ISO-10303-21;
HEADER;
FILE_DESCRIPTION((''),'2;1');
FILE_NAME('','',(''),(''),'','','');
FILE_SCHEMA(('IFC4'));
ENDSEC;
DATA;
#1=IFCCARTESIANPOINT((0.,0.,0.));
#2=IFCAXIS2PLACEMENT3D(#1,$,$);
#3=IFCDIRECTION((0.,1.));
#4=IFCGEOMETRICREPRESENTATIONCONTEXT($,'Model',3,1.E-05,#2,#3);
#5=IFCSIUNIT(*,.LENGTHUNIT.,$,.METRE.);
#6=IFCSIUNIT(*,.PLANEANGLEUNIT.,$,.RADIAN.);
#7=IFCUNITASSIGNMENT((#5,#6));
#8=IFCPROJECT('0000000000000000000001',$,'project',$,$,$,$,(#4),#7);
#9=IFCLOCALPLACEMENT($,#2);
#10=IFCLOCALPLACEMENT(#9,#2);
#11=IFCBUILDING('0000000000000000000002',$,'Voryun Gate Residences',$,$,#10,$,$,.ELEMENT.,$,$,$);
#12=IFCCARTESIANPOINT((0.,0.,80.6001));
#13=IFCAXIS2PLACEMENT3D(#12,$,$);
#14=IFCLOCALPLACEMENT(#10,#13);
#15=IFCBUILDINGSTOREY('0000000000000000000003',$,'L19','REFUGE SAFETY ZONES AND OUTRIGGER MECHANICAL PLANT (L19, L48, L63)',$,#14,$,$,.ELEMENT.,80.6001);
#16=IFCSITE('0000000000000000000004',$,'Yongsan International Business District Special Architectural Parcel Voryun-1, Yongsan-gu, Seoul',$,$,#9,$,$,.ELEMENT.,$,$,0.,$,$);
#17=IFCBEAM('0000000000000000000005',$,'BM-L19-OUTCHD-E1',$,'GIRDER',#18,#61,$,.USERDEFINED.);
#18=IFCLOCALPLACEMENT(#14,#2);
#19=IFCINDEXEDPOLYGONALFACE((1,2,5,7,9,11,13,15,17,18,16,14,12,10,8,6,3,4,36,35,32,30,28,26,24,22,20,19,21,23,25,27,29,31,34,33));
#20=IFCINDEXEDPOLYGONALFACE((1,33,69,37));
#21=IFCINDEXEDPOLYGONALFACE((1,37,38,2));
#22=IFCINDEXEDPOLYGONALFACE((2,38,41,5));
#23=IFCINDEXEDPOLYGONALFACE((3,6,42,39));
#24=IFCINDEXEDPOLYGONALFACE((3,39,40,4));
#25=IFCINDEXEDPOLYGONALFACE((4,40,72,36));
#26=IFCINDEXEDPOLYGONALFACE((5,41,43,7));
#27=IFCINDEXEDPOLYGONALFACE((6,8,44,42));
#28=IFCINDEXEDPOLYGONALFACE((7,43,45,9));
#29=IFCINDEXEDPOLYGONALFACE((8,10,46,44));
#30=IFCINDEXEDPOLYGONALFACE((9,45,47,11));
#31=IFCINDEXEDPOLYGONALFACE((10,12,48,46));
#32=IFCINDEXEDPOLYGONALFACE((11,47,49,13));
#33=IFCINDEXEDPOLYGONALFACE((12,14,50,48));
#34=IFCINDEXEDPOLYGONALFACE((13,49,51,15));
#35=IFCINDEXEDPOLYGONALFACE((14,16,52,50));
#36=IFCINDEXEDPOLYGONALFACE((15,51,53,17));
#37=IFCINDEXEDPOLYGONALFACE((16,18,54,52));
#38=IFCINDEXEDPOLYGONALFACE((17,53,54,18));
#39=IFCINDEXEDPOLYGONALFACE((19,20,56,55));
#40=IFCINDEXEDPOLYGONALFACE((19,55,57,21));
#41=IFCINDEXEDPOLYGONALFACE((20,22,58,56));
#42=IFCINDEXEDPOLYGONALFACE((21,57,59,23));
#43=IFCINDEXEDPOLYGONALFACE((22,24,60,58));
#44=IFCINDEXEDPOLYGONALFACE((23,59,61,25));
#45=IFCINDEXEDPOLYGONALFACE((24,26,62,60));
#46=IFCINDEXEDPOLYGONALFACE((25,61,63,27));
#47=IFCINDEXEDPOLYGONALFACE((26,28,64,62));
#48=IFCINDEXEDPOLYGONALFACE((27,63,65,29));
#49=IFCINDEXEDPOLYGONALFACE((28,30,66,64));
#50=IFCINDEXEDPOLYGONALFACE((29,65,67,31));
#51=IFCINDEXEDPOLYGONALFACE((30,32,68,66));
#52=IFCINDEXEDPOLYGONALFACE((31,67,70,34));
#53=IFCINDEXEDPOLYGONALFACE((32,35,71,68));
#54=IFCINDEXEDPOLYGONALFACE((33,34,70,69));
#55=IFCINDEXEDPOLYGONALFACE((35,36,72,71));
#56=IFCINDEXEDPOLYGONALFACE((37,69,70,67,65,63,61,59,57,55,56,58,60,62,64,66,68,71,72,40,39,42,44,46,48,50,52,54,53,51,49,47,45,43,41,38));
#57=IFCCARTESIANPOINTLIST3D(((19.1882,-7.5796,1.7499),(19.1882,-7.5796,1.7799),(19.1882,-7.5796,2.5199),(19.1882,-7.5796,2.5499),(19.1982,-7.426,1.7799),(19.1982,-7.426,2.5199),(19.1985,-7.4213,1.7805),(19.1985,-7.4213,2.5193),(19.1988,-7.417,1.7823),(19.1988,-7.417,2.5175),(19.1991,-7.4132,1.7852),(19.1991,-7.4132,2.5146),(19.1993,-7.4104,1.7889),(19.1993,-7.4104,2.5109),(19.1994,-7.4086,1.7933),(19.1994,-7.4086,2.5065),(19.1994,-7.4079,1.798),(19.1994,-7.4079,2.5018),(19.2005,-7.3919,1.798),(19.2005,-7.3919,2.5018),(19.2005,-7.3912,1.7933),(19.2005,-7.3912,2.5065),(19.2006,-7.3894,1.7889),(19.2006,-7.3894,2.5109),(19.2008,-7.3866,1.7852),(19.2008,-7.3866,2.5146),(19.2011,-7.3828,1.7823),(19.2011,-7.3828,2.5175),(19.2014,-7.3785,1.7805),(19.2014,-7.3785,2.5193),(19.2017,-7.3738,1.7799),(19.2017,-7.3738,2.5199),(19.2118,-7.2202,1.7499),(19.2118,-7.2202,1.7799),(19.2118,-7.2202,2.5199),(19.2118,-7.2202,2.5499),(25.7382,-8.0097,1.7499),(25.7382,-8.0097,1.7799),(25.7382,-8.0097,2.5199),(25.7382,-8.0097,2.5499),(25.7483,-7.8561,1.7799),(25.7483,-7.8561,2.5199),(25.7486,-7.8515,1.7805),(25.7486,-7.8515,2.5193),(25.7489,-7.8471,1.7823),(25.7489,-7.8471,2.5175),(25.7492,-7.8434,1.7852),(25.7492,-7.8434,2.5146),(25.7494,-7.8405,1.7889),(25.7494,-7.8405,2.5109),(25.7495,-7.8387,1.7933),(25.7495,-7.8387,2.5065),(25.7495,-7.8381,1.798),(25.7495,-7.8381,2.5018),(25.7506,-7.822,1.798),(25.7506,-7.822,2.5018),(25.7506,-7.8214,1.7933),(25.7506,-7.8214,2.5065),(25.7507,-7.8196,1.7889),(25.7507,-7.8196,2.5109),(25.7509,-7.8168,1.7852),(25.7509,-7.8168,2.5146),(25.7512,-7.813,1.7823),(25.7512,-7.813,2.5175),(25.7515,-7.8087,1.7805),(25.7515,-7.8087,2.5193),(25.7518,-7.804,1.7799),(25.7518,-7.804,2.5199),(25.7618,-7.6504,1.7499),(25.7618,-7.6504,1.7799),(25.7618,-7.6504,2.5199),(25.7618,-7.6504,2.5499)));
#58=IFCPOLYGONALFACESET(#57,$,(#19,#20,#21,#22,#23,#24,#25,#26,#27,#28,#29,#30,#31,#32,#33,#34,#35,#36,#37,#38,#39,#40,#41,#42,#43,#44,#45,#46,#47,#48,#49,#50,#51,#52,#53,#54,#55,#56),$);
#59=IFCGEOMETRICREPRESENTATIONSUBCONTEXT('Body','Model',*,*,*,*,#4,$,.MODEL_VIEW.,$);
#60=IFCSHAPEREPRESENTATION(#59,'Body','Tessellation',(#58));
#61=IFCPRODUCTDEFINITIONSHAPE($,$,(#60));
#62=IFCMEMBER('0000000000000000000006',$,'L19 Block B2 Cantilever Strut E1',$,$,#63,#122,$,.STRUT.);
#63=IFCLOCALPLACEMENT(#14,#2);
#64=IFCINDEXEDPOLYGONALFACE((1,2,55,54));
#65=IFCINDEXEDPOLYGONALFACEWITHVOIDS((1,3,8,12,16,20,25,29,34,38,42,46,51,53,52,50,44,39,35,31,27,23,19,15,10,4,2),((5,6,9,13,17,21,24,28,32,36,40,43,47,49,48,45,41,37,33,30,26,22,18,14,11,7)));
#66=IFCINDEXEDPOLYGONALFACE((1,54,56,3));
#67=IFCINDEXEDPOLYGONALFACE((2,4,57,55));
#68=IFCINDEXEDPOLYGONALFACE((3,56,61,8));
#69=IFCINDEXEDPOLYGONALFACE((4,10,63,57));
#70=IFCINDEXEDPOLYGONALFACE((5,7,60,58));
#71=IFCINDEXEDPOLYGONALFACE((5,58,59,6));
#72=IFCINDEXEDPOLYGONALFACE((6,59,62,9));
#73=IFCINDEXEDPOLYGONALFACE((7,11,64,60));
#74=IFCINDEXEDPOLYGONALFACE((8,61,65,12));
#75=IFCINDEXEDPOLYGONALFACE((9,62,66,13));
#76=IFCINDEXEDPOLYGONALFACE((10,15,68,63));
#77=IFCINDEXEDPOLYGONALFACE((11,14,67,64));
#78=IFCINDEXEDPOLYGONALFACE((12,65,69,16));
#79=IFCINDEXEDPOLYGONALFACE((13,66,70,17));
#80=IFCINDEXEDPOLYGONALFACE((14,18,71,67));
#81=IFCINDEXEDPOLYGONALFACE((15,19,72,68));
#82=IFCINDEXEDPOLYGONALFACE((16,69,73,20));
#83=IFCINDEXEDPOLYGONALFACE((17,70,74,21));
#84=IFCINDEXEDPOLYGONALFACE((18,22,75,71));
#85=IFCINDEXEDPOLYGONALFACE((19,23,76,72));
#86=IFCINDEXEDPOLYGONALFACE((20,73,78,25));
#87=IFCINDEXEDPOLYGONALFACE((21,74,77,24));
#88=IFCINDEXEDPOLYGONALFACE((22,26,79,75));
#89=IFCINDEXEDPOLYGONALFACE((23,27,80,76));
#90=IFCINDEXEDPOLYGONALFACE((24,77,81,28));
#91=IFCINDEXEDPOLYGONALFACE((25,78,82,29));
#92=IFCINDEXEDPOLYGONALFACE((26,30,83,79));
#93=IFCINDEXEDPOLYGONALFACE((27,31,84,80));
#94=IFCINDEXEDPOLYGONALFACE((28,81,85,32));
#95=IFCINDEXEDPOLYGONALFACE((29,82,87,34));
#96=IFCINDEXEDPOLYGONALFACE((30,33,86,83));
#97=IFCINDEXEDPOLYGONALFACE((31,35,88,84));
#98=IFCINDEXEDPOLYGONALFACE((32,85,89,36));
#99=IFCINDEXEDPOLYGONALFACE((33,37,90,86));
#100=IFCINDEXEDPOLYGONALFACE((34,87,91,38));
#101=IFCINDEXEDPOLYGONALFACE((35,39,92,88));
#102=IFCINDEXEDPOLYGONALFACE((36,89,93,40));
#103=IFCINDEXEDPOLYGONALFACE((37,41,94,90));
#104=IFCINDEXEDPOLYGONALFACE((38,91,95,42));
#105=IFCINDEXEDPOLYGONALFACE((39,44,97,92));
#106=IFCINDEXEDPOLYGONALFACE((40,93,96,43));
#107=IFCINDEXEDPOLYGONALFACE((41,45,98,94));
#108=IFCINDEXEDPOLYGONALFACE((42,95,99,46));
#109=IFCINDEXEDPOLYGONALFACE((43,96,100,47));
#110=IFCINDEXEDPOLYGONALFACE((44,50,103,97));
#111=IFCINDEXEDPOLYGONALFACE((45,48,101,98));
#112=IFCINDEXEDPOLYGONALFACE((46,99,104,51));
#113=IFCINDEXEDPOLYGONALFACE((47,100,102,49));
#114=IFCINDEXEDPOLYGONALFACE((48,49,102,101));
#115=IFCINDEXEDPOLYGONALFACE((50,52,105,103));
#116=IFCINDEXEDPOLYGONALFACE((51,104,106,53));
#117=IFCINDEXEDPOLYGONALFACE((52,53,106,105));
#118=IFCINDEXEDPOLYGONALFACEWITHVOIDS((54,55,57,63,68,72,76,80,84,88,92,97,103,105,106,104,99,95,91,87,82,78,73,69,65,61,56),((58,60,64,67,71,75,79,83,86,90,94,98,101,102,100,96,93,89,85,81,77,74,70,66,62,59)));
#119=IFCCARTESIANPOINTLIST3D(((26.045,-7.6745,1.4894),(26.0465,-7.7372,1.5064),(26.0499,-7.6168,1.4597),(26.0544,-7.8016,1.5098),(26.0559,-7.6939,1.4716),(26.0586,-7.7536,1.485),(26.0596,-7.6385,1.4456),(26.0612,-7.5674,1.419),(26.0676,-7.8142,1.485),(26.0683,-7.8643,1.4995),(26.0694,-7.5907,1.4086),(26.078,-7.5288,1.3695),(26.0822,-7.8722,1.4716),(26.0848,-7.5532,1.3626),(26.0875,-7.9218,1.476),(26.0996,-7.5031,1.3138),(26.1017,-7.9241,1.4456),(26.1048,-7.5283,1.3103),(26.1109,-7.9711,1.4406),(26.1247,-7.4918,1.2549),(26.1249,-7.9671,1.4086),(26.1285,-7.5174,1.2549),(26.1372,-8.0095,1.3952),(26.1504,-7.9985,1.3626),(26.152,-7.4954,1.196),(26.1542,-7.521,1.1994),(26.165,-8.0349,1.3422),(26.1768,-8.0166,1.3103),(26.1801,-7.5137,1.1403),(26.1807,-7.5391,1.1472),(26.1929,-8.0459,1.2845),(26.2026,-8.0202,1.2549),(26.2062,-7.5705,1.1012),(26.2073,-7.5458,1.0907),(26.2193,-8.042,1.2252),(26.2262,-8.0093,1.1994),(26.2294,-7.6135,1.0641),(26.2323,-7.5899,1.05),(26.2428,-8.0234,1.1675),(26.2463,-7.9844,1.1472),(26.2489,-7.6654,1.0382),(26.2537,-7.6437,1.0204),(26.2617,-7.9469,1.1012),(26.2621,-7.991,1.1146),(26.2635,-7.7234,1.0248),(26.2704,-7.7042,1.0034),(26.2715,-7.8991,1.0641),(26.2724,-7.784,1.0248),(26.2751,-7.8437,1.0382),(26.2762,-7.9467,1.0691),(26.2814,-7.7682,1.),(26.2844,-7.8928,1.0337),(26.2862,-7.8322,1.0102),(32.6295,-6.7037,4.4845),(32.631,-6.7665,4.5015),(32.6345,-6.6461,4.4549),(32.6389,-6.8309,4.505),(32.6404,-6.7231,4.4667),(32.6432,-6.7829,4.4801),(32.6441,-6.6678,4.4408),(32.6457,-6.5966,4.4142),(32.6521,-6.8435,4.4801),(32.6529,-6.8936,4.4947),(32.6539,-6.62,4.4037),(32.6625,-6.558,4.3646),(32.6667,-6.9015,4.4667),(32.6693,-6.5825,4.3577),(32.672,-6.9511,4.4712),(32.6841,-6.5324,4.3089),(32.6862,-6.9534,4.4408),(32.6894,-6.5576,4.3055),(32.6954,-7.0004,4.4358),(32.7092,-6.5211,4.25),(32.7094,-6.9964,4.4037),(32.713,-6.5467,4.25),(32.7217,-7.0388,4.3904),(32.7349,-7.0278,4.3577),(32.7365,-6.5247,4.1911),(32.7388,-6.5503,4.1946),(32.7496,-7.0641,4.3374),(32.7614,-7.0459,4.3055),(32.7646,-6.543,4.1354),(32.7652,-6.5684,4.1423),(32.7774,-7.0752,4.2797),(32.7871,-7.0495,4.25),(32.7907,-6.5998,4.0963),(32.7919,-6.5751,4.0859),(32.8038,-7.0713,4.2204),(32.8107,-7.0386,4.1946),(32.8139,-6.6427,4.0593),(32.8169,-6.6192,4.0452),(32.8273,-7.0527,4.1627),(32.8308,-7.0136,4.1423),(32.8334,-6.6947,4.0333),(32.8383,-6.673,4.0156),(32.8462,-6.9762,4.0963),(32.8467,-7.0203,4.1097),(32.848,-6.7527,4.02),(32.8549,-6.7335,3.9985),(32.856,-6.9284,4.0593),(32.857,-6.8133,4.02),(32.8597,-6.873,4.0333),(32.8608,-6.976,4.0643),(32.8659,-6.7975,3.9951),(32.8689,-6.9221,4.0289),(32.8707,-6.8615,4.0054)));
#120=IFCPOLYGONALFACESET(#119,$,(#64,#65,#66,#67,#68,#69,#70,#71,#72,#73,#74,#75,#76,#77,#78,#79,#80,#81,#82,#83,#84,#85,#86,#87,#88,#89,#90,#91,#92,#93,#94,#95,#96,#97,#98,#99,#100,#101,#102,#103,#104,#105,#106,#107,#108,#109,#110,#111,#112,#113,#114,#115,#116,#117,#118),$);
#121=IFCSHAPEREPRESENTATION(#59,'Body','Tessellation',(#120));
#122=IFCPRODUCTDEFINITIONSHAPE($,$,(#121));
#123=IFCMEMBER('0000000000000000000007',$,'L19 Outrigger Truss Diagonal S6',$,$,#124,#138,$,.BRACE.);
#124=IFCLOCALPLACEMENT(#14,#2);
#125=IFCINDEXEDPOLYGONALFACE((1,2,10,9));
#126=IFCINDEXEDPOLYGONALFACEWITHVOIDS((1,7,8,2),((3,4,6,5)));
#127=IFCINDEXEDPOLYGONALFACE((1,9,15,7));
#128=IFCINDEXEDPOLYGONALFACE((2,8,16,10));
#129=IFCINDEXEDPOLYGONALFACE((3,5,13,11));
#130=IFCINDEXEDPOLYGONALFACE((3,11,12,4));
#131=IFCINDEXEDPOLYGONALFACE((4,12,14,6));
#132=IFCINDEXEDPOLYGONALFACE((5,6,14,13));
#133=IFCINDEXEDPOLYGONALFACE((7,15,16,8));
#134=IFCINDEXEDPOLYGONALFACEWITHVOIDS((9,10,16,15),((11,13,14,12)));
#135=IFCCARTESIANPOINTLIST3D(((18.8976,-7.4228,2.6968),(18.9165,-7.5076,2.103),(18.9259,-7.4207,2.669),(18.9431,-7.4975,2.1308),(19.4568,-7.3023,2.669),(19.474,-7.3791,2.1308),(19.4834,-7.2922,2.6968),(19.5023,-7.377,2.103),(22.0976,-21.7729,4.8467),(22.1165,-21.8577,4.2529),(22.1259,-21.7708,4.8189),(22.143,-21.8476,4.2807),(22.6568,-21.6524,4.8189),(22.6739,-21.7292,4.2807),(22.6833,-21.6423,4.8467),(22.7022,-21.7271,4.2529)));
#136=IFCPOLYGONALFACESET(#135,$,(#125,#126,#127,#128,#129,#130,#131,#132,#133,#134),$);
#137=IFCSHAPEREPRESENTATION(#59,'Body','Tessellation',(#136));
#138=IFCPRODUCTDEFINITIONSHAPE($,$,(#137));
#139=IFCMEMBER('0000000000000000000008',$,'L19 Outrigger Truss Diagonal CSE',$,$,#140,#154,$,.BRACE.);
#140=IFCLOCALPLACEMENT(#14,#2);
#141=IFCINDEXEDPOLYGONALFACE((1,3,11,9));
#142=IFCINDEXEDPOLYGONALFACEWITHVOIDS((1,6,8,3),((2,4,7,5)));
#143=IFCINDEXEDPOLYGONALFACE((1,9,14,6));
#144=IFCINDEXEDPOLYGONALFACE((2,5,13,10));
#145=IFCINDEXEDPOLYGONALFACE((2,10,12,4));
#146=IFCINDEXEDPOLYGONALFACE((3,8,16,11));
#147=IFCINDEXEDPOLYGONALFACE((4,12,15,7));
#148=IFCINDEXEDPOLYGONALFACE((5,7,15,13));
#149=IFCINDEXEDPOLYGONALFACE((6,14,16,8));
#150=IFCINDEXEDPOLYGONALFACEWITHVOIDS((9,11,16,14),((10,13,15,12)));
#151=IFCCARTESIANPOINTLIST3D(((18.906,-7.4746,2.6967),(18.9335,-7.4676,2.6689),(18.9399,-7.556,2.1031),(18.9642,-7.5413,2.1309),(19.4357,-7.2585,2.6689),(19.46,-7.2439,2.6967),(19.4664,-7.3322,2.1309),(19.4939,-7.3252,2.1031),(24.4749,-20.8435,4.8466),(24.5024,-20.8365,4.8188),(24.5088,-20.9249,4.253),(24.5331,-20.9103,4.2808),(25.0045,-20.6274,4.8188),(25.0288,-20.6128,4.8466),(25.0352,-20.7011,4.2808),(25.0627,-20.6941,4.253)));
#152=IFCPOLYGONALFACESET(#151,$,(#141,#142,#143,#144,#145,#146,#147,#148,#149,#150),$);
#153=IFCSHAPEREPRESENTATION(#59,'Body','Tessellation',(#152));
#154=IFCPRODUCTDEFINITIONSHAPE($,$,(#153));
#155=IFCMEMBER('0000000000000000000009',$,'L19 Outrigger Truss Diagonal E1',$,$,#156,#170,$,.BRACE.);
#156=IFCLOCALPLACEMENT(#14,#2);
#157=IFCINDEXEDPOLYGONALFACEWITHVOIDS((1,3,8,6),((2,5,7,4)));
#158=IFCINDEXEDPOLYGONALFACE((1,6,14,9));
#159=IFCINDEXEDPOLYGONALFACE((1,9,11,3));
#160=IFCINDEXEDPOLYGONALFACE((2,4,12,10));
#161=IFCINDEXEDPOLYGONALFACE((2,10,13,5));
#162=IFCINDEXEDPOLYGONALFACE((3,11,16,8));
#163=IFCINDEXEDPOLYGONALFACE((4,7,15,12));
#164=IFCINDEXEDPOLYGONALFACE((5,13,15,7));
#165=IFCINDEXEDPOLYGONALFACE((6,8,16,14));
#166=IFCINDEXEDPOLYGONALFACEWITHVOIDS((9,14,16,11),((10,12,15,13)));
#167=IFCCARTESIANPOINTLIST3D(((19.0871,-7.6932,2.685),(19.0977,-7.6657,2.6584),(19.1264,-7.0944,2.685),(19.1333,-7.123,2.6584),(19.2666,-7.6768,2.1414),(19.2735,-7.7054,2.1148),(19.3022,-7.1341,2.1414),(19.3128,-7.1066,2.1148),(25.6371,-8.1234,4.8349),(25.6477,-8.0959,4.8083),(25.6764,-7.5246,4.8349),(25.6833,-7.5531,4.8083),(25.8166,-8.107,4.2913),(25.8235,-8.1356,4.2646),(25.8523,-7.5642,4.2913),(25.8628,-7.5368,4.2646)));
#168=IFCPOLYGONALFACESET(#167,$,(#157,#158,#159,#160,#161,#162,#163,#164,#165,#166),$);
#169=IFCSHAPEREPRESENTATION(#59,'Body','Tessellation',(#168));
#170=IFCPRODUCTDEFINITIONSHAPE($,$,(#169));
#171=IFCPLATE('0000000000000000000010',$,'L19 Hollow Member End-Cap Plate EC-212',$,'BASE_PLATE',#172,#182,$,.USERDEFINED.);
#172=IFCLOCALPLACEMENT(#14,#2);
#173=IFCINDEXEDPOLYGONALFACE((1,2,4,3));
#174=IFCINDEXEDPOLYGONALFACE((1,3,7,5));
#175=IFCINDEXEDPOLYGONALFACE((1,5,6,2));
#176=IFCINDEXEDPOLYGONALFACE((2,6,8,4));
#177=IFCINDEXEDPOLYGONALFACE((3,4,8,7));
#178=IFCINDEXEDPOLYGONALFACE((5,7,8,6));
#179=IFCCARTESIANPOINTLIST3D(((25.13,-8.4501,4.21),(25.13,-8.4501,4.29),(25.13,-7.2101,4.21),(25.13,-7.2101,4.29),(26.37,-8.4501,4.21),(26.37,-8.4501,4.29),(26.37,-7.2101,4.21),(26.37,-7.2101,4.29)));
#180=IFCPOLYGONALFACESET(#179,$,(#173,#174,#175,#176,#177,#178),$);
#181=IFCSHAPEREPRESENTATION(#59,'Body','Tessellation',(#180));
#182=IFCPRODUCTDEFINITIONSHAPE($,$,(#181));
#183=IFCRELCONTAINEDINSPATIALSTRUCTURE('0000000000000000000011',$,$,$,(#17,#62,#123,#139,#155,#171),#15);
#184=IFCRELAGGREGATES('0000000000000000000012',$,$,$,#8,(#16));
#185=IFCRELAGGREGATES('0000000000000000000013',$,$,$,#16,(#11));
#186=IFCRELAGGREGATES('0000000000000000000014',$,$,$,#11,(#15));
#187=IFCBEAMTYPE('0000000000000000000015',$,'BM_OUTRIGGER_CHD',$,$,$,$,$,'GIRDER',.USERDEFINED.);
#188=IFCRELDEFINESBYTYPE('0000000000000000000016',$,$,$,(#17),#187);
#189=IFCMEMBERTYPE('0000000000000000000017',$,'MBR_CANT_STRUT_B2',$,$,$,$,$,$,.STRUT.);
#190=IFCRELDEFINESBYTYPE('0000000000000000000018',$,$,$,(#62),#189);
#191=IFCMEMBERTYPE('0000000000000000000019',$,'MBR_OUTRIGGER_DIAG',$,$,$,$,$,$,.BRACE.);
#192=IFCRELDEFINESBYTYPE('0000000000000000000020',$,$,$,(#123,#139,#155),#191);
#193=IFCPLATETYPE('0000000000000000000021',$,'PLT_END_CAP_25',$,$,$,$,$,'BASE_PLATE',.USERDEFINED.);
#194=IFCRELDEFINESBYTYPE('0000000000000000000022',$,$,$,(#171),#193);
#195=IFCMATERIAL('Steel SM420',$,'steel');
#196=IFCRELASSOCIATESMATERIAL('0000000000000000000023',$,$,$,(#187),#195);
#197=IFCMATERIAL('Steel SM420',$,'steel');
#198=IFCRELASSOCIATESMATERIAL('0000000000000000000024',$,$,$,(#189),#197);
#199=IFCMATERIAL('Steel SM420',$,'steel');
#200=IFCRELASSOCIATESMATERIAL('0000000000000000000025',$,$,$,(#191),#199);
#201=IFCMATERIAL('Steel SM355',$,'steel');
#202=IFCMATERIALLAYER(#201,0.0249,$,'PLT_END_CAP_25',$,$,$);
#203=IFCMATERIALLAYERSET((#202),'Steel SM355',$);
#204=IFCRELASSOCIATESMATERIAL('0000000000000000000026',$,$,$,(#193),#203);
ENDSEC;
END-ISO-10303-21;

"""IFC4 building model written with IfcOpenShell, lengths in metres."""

from ifc_helpers import new_model, si_unit, direction, frame, origin, origin_2d, place, context, subcontext, project, spatial, rectangle, hollow_rectangle, hollow_circle, i_section, extrude, material, layer, layer_set, material_profile, profile_set, type_object, element, save


model = new_model("IFC4")

# Units and contexts
model_context = context("Model", 3, precision=1e-05, world=origin(), true_north=direction((0.0, 1.0)))
body_context = subcontext(model_context, "Body", "Model", "MODEL_VIEW")
ifc_project = project(units=[si_unit("LENGTHUNIT", "METRE"), si_unit("PLANEANGLEUNIT", "RADIAN")], contexts=[model_context])

# Site, building, storey
site_placement = place(None, origin())
site = spatial("IfcSite", under=ifc_project, at=site_placement, Name="Yongsan International Business District Special Architectural Parcel Voryun-1, Yongsan-gu, Seoul", CompositionType="ELEMENT", RefElevation=0.0)
building_placement = place(site_placement, origin())
building = spatial("IfcBuilding", under=site, at=building_placement, Name="Voryun Gate Residences", CompositionType="ELEMENT")
storey_placement = place(building_placement, frame((0.0, 0.0, 80.6001)))
storey = spatial("IfcBuildingStorey", under=building, at=storey_placement, Name="L19", Description="REFUGE SAFETY ZONES AND OUTRIGGER MECHANICAL PLANT (L19, L48, L63)", CompositionType="ELEMENT", Elevation=80.6001)

# Beam
ifc_material_1 = material(Name="Steel SM420", Category="steel")
ifc_material_profile_1 = material_profile(ifc_material_1, i_section(OverallWidth=0.3601, OverallDepth=0.8, WebThickness=0.0161, FlangeThickness=0.03, FilletRadius=0.0181, at=origin_2d()), Name="H-800x360x16x30")
ifc_profile_set_1 = profile_set([ifc_material_profile_1], Name="Steel SM420")
beam_type_1 = type_object("IfcBeamType", Name="BM_OUTRIGGER_CHD", ElementType="GIRDER", PredefinedType="USERDEFINED", material=ifc_profile_set_1)
beam_1_placement = place(storey_placement, frame((19.2, -7.3999, 2.1499), z_axis=(0.99785, -0.065534, 0.0), x_axis=(0.065534, 0.99785, 0.0)))
element("IfcBeam", 1, at=beam_1_placement, inside=storey, type_object=beam_type_1, Name="BM-L19-OUTCHD-E1", ObjectType="GIRDER", PredefinedType="USERDEFINED", context=body_context, shape_type="SweptSolid", body=[
    extrude(i_section(OverallWidth=0.3601, OverallDepth=0.8, WebThickness=0.0161, FlangeThickness=0.03, FilletRadius=0.0181, at=origin_2d()), origin(), (0.0, 0.0, 1.0), 6.5642),
])

# Members
ifc_material_2 = material(Name="Steel SM420", Category="steel")
ifc_material_profile_2 = material_profile(ifc_material_2, hollow_circle(Radius=0.28, WallThickness=0.0259, at=origin_2d()), Name="CHS-560x26")
ifc_profile_set_2 = profile_set([ifc_material_profile_2], Name="Steel SM420")
member_type_1 = type_object("IfcMemberType", Name="MBR_CANT_STRUT_B2", PredefinedType="STRUT", material=ifc_profile_set_2)
member_1_placement = place(storey_placement, frame((26.1655, -7.7688, 1.2549), z_axis=(0.902166, 0.133, 0.410374), x_axis=(-0.145847, 0.989307, 0.0)))
element("IfcMember", 2, at=member_1_placement, inside=storey, type_object=member_type_1, Name="L19 Block B2 Cantilever Strut E1", PredefinedType="STRUT", context=body_context, shape_type="SweptSolid", body=[
    extrude(hollow_circle(Radius=0.28, WallThickness=0.0259, at=origin_2d()), origin(), (0.0, 0.0, 1.0), 7.2986),
])
ifc_material_3 = material(Name="Steel SM420", Category="steel")
ifc_material_profile_3 = material_profile(ifc_material_3, hollow_rectangle(XDim=0.6001, YDim=0.6001, WallThickness=0.0281, at=origin_2d()), Name="BOX-600x600x28")
ifc_profile_set_3 = profile_set([ifc_material_profile_3], Name="Steel SM420")
member_type_2 = type_object("IfcMemberType", Name="MBR_OUTRIGGER_DIAG", PredefinedType="BRACE", material=ifc_profile_set_3)
member_2_placement = place(storey_placement, frame((19.2, -7.3999, 2.3999), z_axis=(0.215356, -0.965757, 0.144688), x_axis=(0.976028, 0.217646, 0.0)))
element("IfcMember", 3, at=member_2_placement, inside=storey, type_object=member_type_2, Name="L19 Outrigger Truss Diagonal S6", PredefinedType="BRACE", context=body_context, shape_type="SweptSolid", body=[
    extrude(hollow_rectangle(XDim=0.6001, YDim=0.6001, WallThickness=0.0281, at=origin_2d()), origin(), (0.0, 0.0, 1.0), 14.8589),
])
member_3_placement = place(storey_placement, frame((19.2, -7.3999, 2.3999), z_axis=(0.380357, -0.913108, 0.14684), x_axis=(0.923114, 0.384526, 0.0)))
element("IfcMember", 4, at=member_3_placement, inside=storey, type_object=member_type_2, Name="L19 Outrigger Truss Diagonal CSE", PredefinedType="BRACE", context=body_context, shape_type="SweptSolid", body=[
    extrude(hollow_rectangle(XDim=0.6001, YDim=0.6001, WallThickness=0.0281, at=origin_2d()), origin(), (0.0, 0.0, 1.0), 14.6411),
])
member_4_placement = place(storey_placement, frame((19.2, -7.3999, 2.3999), z_axis=(0.948284, -0.062279, 0.311252), x_axis=(0.065534, 0.99785, 0.0)))
element("IfcMember", 5, at=member_4_placement, inside=storey, type_object=member_type_2, Name="L19 Outrigger Truss Diagonal E1", PredefinedType="BRACE", context=body_context, shape_type="SweptSolid", body=[
    extrude(hollow_rectangle(XDim=0.6001, YDim=0.6001, WallThickness=0.0281, at=origin_2d()), origin(), (0.0, 0.0, 1.0), 6.9072),
])

# Plate
ifc_material_4 = material(Name="Steel SM355", Category="steel")
ifc_layer_1 = layer(ifc_material_4, 0.0249, Name="PLT_END_CAP_25")
ifc_layer_set_1 = layer_set([ifc_layer_1], Name="Steel SM355")
plate_type_1 = type_object("IfcPlateType", Name="PLT_END_CAP_25", ElementType="BASE_PLATE", PredefinedType="USERDEFINED", material=ifc_layer_set_1)
for number, where, z_axis, x_axis, name in (
    (6, (25.75, -7.8301, 4.21), (0.0, 0.0, 1.0), (1.0, 0.0, 0.0), "L19 Hollow Member End-Cap Plate EC-212"),
):
    element("IfcPlate", number, at=place(storey_placement, frame(where, z_axis=z_axis, x_axis=x_axis)), inside=storey, type_object=plate_type_1, Name=name, ObjectType="BASE_PLATE", PredefinedType="USERDEFINED", context=body_context, shape_type="SweptSolid", body=[
        extrude(rectangle(XDim=1.24, YDim=1.24, at=origin_2d()), origin(), (0.0, 0.0, 1.0), 0.0801),
    ])

save(model, "model.ifc")
